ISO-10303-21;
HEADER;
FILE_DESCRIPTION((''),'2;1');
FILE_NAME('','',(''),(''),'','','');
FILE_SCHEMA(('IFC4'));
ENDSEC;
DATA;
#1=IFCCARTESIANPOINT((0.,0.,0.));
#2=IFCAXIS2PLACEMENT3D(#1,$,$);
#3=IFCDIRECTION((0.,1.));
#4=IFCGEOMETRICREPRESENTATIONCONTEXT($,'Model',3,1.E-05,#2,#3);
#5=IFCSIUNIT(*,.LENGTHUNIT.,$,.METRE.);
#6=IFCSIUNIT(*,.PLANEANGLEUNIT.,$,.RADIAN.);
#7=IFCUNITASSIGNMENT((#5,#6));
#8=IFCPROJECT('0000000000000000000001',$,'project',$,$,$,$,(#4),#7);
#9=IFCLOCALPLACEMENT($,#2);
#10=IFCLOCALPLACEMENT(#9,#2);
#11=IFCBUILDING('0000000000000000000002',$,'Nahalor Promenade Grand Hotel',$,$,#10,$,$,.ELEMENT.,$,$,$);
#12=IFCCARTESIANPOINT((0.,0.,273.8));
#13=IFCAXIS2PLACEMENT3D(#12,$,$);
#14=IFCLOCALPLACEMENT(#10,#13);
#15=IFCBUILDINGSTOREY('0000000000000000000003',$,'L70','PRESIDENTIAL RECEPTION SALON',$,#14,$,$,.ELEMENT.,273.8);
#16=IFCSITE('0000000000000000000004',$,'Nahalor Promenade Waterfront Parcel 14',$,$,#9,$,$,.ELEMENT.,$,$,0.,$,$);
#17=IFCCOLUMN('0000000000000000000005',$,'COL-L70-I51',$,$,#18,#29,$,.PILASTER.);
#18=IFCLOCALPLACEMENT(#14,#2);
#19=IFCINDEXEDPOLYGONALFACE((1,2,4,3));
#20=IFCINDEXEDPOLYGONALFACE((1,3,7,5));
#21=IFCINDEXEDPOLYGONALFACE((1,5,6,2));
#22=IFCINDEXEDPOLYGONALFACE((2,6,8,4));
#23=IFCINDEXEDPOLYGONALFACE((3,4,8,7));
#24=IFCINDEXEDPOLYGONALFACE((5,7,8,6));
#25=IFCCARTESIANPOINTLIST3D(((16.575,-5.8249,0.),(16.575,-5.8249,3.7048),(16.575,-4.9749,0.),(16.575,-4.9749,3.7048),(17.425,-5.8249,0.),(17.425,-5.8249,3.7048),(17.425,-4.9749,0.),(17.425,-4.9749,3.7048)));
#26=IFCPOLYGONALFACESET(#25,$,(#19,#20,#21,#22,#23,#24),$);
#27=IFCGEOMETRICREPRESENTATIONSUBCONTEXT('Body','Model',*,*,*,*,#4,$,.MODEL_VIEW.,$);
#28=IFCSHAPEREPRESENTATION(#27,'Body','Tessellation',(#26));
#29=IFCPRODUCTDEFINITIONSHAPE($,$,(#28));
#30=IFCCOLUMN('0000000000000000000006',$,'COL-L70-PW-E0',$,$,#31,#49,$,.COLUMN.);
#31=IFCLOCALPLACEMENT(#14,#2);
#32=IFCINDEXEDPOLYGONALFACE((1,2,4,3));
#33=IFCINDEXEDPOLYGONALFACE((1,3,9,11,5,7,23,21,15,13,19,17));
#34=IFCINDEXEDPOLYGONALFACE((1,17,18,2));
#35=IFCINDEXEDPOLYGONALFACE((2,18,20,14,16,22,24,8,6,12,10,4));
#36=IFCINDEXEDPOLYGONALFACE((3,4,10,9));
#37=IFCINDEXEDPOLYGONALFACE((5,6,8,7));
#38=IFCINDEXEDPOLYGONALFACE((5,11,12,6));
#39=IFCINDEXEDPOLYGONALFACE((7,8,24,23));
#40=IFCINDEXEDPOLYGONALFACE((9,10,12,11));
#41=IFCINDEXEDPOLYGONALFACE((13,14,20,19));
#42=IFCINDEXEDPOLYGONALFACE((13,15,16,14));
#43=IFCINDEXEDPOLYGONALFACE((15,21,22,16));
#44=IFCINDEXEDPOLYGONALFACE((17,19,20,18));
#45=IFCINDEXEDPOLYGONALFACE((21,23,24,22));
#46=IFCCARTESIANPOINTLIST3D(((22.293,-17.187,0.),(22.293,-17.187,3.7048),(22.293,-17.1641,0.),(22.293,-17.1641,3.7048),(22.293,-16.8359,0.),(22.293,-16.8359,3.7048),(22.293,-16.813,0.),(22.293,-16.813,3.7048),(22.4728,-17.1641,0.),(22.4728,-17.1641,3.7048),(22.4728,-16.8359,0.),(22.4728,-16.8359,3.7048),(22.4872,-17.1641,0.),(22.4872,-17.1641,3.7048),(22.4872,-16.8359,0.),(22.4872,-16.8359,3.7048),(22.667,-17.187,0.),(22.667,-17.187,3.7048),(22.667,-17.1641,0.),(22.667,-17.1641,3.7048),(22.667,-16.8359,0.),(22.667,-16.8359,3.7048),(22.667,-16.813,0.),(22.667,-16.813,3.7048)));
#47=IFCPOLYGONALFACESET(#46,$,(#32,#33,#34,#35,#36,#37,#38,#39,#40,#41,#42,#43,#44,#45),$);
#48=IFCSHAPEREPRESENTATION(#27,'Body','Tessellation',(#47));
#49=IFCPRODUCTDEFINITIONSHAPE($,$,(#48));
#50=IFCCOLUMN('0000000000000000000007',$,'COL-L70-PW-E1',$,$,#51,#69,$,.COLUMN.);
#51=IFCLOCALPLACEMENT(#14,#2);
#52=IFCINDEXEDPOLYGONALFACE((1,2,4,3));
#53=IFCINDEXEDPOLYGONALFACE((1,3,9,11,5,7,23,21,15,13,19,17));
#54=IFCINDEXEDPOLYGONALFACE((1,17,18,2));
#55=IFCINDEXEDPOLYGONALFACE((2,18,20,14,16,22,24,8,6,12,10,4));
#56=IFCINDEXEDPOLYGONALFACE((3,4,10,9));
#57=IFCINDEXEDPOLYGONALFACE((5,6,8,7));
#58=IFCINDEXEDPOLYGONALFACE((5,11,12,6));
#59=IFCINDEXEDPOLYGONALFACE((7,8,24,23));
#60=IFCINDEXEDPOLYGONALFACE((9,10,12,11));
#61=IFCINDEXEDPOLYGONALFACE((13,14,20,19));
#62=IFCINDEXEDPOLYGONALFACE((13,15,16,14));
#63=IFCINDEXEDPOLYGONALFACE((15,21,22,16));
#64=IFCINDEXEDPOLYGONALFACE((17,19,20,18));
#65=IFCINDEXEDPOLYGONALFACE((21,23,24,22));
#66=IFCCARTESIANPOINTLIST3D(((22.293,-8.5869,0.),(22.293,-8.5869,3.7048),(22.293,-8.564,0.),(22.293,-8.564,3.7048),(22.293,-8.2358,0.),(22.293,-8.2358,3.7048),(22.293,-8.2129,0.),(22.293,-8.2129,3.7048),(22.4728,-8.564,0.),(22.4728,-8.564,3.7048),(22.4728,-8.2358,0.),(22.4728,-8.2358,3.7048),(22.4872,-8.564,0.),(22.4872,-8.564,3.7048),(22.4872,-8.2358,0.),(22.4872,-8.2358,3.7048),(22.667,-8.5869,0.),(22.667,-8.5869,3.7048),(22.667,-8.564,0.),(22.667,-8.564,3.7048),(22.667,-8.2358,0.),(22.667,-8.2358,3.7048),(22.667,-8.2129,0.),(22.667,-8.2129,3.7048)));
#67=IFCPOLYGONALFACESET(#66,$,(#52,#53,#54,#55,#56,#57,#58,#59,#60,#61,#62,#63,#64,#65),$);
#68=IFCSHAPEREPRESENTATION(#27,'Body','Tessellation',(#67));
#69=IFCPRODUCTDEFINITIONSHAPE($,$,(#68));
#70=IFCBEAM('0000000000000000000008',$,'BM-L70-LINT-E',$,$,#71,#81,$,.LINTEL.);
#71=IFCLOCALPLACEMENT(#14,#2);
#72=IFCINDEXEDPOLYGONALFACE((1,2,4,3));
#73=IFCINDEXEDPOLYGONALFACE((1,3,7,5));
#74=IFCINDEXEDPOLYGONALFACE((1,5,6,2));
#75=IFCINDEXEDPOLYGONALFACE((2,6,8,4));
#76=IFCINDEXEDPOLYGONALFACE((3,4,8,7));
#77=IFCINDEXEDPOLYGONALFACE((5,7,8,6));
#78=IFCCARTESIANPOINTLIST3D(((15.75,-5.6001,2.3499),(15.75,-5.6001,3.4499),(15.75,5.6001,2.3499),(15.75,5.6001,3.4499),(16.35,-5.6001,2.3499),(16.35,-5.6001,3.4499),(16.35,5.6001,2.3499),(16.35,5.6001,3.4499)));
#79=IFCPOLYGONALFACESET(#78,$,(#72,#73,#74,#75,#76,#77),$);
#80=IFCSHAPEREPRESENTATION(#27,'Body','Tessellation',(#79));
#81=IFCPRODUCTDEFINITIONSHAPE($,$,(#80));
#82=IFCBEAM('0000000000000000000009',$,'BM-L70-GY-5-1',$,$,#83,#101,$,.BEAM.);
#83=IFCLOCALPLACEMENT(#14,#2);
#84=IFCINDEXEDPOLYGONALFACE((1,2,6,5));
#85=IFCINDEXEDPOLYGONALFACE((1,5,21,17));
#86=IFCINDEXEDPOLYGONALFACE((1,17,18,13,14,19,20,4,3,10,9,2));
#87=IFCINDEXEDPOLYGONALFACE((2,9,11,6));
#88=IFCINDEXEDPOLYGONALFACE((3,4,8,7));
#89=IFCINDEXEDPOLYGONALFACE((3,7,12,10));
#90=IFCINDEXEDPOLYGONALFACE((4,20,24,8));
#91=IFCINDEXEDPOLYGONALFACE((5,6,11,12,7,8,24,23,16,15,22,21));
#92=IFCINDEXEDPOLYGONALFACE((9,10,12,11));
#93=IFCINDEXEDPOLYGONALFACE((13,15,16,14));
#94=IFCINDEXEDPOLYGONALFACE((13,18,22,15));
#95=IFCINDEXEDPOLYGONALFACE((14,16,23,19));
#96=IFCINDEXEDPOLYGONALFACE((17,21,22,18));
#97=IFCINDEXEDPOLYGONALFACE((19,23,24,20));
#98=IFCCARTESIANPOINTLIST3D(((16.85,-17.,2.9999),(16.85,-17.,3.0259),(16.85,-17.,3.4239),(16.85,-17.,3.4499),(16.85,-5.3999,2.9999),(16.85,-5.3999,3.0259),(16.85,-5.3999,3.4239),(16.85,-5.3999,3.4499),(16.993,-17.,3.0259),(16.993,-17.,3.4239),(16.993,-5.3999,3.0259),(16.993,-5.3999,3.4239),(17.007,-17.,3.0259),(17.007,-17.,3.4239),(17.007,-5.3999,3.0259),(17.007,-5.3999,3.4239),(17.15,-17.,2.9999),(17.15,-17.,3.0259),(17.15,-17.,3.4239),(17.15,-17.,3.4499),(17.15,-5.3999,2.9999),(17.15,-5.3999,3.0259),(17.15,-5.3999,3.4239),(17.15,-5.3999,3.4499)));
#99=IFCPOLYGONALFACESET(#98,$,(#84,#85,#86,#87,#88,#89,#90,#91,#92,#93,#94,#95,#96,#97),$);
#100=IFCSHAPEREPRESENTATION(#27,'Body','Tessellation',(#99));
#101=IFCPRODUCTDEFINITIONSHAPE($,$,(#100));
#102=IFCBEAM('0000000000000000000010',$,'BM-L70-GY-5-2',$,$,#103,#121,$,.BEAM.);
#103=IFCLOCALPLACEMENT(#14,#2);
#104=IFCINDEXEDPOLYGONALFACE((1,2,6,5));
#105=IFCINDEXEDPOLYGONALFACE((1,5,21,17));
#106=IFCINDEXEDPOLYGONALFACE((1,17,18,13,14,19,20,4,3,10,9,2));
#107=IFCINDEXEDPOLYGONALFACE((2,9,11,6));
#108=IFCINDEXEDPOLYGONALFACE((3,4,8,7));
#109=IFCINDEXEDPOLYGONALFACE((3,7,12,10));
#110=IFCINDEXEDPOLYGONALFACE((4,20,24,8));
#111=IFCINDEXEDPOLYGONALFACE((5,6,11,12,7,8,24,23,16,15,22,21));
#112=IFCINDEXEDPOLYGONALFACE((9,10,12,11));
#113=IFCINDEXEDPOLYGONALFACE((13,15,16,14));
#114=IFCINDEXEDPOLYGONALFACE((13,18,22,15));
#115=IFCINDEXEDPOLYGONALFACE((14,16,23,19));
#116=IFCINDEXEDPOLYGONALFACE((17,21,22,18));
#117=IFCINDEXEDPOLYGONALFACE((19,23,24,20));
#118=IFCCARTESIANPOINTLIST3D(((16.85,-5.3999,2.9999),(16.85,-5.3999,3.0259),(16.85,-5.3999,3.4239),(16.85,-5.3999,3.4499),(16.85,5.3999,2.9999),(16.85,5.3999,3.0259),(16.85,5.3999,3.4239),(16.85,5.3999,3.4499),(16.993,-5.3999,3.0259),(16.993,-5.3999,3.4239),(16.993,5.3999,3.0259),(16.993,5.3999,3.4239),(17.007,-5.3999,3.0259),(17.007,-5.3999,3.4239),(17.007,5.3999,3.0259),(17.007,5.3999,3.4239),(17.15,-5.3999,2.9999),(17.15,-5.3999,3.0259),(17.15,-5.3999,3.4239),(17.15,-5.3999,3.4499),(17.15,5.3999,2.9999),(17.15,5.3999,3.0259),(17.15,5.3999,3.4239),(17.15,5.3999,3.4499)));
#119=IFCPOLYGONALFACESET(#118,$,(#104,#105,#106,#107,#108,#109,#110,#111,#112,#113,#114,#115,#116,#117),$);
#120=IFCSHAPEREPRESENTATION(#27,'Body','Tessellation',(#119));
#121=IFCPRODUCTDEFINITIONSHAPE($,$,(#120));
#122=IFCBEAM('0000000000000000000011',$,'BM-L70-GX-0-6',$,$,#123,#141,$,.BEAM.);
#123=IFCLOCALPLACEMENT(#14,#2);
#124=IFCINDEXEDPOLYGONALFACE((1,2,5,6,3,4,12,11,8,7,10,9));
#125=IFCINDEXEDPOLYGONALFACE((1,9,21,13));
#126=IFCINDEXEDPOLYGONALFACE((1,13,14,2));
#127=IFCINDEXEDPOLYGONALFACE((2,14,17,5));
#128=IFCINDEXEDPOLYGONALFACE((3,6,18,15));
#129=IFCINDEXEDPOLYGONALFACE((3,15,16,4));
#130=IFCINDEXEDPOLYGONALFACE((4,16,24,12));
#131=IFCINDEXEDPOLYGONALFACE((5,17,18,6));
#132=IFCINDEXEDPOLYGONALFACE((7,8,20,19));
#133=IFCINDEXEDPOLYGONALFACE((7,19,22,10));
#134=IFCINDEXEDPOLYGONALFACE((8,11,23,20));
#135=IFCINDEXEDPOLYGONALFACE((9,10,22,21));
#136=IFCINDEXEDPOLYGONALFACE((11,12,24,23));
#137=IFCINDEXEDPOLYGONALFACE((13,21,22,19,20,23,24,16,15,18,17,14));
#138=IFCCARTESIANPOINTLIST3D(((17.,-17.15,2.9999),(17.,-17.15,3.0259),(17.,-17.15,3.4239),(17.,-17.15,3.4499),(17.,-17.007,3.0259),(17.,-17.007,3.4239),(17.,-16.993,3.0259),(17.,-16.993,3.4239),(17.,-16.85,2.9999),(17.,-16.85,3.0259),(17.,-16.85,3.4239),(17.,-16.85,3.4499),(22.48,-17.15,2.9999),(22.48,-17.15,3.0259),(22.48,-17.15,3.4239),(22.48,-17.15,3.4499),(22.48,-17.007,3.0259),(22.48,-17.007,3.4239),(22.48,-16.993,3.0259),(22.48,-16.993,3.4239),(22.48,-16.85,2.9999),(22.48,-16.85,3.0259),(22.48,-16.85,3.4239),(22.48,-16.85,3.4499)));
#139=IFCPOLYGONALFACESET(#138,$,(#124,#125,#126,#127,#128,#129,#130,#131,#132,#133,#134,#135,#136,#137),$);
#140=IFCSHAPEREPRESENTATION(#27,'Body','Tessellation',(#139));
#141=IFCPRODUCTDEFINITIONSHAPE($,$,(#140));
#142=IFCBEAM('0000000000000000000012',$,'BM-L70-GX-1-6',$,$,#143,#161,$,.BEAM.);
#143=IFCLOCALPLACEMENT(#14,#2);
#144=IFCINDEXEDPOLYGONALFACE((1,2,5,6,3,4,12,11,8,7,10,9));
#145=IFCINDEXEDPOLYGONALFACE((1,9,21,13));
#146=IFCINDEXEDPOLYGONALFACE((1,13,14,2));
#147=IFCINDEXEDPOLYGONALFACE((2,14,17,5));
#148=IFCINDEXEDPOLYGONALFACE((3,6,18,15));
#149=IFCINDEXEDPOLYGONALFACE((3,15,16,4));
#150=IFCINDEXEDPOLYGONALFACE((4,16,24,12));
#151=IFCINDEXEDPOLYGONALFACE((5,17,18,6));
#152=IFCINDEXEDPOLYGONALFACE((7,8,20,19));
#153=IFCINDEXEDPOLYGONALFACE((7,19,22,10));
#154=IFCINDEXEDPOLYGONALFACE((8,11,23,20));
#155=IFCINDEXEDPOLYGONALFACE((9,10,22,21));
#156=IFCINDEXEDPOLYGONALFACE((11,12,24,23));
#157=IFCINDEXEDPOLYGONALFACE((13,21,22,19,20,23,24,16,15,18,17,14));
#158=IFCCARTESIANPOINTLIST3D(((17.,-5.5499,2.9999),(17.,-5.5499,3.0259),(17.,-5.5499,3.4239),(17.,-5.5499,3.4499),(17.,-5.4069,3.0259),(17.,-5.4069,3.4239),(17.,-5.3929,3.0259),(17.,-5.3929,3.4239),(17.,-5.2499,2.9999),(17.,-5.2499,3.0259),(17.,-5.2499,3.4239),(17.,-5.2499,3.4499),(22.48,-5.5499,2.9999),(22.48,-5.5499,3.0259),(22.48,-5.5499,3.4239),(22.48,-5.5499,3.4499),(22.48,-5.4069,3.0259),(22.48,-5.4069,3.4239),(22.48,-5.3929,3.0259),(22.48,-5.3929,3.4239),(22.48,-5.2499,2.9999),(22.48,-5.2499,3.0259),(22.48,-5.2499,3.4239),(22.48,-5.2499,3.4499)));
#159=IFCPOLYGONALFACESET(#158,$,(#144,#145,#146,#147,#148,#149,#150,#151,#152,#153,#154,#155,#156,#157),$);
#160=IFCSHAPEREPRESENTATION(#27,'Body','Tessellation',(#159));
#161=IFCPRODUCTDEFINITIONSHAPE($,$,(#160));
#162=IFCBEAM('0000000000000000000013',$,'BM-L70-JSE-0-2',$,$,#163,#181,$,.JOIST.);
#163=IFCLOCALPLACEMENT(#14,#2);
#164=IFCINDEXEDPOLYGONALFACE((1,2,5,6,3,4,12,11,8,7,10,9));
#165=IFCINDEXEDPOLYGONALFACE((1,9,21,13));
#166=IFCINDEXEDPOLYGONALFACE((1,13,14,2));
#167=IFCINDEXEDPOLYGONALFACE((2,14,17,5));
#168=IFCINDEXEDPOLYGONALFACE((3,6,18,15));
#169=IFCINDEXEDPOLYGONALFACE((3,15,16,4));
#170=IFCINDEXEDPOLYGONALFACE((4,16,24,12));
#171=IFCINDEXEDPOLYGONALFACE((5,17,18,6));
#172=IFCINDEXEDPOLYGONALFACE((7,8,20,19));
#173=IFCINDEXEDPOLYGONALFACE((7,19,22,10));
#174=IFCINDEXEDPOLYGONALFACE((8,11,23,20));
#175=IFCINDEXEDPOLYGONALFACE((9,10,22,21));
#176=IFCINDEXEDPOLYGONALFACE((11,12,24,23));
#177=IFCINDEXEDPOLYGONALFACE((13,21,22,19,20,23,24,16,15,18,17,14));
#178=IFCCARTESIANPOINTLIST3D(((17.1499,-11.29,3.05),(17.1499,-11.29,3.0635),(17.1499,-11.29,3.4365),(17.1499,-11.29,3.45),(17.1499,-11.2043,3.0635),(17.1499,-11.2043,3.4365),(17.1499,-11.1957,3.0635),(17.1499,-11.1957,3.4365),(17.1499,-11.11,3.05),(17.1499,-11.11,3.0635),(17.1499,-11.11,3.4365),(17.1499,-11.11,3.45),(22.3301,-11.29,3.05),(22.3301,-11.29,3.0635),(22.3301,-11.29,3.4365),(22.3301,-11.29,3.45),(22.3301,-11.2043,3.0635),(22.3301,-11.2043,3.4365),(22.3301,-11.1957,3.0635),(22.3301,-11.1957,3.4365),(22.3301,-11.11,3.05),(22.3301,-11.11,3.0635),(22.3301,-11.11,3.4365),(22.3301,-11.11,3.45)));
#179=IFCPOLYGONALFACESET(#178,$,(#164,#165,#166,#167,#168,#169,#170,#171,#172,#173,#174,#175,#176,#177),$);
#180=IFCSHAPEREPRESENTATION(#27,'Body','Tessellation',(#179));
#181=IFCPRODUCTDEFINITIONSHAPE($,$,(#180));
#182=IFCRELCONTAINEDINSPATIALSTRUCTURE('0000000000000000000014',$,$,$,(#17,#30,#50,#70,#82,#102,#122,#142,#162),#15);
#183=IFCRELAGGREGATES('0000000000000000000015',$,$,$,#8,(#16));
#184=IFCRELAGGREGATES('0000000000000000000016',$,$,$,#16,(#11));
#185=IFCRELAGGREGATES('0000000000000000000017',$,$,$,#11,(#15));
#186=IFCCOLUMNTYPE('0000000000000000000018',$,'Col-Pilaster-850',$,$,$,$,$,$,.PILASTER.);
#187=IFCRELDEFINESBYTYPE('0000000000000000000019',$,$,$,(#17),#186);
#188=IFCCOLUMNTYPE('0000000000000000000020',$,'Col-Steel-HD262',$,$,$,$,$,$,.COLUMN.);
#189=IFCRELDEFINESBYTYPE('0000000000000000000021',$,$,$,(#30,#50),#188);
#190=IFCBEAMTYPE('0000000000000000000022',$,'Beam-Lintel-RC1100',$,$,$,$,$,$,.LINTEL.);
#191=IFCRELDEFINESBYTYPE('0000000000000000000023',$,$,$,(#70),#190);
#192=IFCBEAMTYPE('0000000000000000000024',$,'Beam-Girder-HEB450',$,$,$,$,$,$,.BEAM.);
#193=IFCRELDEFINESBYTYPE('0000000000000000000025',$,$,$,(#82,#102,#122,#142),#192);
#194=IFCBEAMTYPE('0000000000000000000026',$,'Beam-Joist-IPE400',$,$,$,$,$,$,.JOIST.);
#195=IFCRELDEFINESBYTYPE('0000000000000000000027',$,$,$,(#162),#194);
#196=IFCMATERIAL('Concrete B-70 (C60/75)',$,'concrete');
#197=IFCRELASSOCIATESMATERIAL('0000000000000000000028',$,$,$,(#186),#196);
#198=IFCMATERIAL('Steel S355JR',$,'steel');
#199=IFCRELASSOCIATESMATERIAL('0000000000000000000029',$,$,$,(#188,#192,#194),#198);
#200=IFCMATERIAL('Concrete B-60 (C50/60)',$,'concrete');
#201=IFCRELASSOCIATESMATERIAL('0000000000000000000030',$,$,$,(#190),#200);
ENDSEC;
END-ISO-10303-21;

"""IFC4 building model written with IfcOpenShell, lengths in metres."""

from ifc_helpers import new_model, si_unit, direction, frame, origin, origin_2d, place, context, subcontext, project, spatial, rectangle, i_section, extrude, source, transform, mapped, material, material_profile, profile_set, type_object, element, save


model = new_model("IFC4")

# Units and contexts
model_context = context("Model", 3, precision=1e-05, world=origin(), true_north=direction((0.0, 1.0)))
body_context = subcontext(model_context, "Body", "Model", "MODEL_VIEW")
ifc_project = project(units=[si_unit("LENGTHUNIT", "METRE"), si_unit("PLANEANGLEUNIT", "RADIAN")], contexts=[model_context])

# Site, building, storey
site_placement = place(None, origin())
site = spatial("IfcSite", under=ifc_project, at=site_placement, Name="Nahalor Promenade Waterfront Parcel 14", CompositionType="ELEMENT", RefElevation=0.0)
building_placement = place(site_placement, origin())
building = spatial("IfcBuilding", under=site, at=building_placement, Name="Nahalor Promenade Grand Hotel", CompositionType="ELEMENT")
storey_placement = place(building_placement, frame((0.0, 0.0, 273.8)))
storey = spatial("IfcBuildingStorey", under=building, at=storey_placement, Name="L70", Description="PRESIDENTIAL RECEPTION SALON", CompositionType="ELEMENT", Elevation=273.8)

# Columns
ifc_material_1 = material(Name="Concrete B-70 (C60/75)", Category="concrete")
ifc_material_profile_1 = material_profile(ifc_material_1, rectangle(XDim=0.85, YDim=0.85, at=origin_2d()), Name="RC 850x850")
ifc_profile_set_1 = profile_set([ifc_material_profile_1], Name="Concrete B-70 (C60/75)")
column_type_1 = type_object("IfcColumnType", Name="Col-Pilaster-850", PredefinedType="PILASTER", material=ifc_profile_set_1)
shared_shape_1 = source(origin(), body_context, "Body", "SweptSolid", [
    extrude(rectangle(XDim=0.85, YDim=0.85, at=origin_2d()), origin(), (0.0, 0.0, 1.0), 3.7048),
])
column_placement = place(storey_placement, frame((17.0, -5.3999, 0.0), z_axis=(0.0, 0.0, 1.0), x_axis=(1.0, 0.0, 0.0)))
element("IfcColumn", 1, at=column_placement, inside=storey, type_object=column_type_1, Name="COL-L70-I51", PredefinedType="PILASTER", context=body_context, shape_type="MappedRepresentation", body=[
    mapped(shared_shape_1, transform((0.0, 0.0, 0.0), scale=1.0)),
])
ifc_material_2 = material(Name="Steel S355JR", Category="steel")
ifc_material_profile_2 = material_profile(ifc_material_2, i_section(OverallWidth=0.374, OverallDepth=0.374, WebThickness=0.0144, FlangeThickness=0.0229, at=origin_2d()), Name="HD 360x262")
ifc_profile_set_2 = profile_set([ifc_material_profile_2], Name="Steel S355JR")
column_type_2 = type_object("IfcColumnType", Name="Col-Steel-HD262", PredefinedType="COLUMN", material=ifc_profile_set_2)
shared_shape_2 = source(origin(), body_context, "Body", "SweptSolid", [
    extrude(i_section(OverallWidth=0.374, OverallDepth=0.374, WebThickness=0.0144, FlangeThickness=0.0229, at=origin_2d()), origin(), (0.0, 0.0, 1.0), 3.7048),
])
for number, where, z_axis, x_axis, name in (
    (2, (22.48, -17.0, 0.0), (0.0, 0.0, 1.0), (1.0, 0.0, 0.0), "COL-L70-PW-E0"),
    (3, (22.48, -8.3999, 0.0), (0.0, 0.0, 1.0), (1.0, 0.0, 0.0), "COL-L70-PW-E1"),
):
    element("IfcColumn", number, at=place(storey_placement, frame(where, z_axis=z_axis, x_axis=x_axis)), inside=storey, type_object=column_type_2, Name=name, PredefinedType="COLUMN", context=body_context, shape_type="MappedRepresentation", body=[
        mapped(shared_shape_2, transform((0.0, 0.0, 0.0), scale=1.0)),
    ])

# Beams
ifc_material_3 = material(Name="Concrete B-60 (C50/60)", Category="concrete")
ifc_material_profile_3 = material_profile(ifc_material_3, rectangle(XDim=0.6, YDim=1.1, at=origin_2d()), Name="RC 600x1100")
ifc_profile_set_3 = profile_set([ifc_material_profile_3], Name="Concrete B-60 (C50/60)")
beam_type_1 = type_object("IfcBeamType", Name="Beam-Lintel-RC1100", PredefinedType="LINTEL", material=ifc_profile_set_3)
shared_shape_3 = source(origin(), body_context, "Body", "SweptSolid", [
    extrude(rectangle(XDim=0.6, YDim=1.1, at=origin_2d()), origin(), (0.0, 0.0, 1.0), 11.2002),
])
beam_1_placement = place(storey_placement, frame((16.05, -5.6001, 2.8999), z_axis=(0.0, 1.0, 0.0), x_axis=(-1.0, 0.0, 0.0)))
element("IfcBeam", 4, at=beam_1_placement, inside=storey, type_object=beam_type_1, Name="BM-L70-LINT-E", PredefinedType="LINTEL", context=body_context, shape_type="MappedRepresentation", body=[
    mapped(shared_shape_3, transform((0.0, 0.0, 0.0), scale=1.0)),
])
ifc_material_profile_4 = material_profile(ifc_material_2, i_section(OverallWidth=0.3, OverallDepth=0.45, WebThickness=0.014, FlangeThickness=0.026, at=origin_2d()), Name="HEB 450")
ifc_profile_set_4 = profile_set([ifc_material_profile_4], Name="Steel S355JR")
beam_type_2 = type_object("IfcBeamType", Name="Beam-Girder-HEB450", PredefinedType="BEAM", material=ifc_profile_set_4)
shared_shape_4 = source(origin(), body_context, "Body", "SweptSolid", [
    extrude(i_section(OverallWidth=0.3, OverallDepth=0.45, WebThickness=0.014, FlangeThickness=0.026, at=origin_2d()), origin(), (0.0, 0.0, 1.0), 11.6001),
])
beam_2_placement = place(storey_placement, frame((17.0, -17.0, 3.2249), z_axis=(0.0, 1.0, 0.0), x_axis=(-1.0, 0.0, 0.0)))
element("IfcBeam", 5, at=beam_2_placement, inside=storey, type_object=beam_type_2, Name="BM-L70-GY-5-1", PredefinedType="BEAM", context=body_context, shape_type="MappedRepresentation", body=[
    mapped(shared_shape_4, transform((0.0, 0.0, 0.0), scale=1.0)),
])
shared_shape_5 = source(origin(), body_context, "Body", "SweptSolid", [
    extrude(i_section(OverallWidth=0.3, OverallDepth=0.45, WebThickness=0.014, FlangeThickness=0.026, at=origin_2d()), origin(), (0.0, 0.0, 1.0), 10.7998),
])
beam_3_placement = place(storey_placement, frame((17.0, -5.3999, 3.2249), z_axis=(0.0, 1.0, 0.0), x_axis=(-1.0, 0.0, 0.0)))
element("IfcBeam", 6, at=beam_3_placement, inside=storey, type_object=beam_type_2, Name="BM-L70-GY-5-2", PredefinedType="BEAM", context=body_context, shape_type="MappedRepresentation", body=[
    mapped(shared_shape_5, transform((0.0, 0.0, 0.0), scale=1.0)),
])
shared_shape_6 = source(origin(), body_context, "Body", "SweptSolid", [
    extrude(i_section(OverallWidth=0.3, OverallDepth=0.45, WebThickness=0.014, FlangeThickness=0.026, at=origin_2d()), origin(), (0.0, 0.0, 1.0), 5.48),
])
for number, where, z_axis, x_axis, name in (
    (7, (17.0, -17.0, 3.2249), (1.0, 0.0, 0.0), (0.0, 1.0, 0.0), "BM-L70-GX-0-6"),
    (8, (17.0, -5.3999, 3.2249), (1.0, 0.0, 0.0), (0.0, 1.0, 0.0), "BM-L70-GX-1-6"),
):
    element("IfcBeam", number, at=place(storey_placement, frame(where, z_axis=z_axis, x_axis=x_axis)), inside=storey, type_object=beam_type_2, Name=name, PredefinedType="BEAM", context=body_context, shape_type="MappedRepresentation", body=[
        mapped(shared_shape_6, transform((0.0, 0.0, 0.0), scale=1.0)),
    ])
ifc_material_profile_5 = material_profile(ifc_material_2, i_section(OverallWidth=0.18, OverallDepth=0.4, WebThickness=0.0086, FlangeThickness=0.0135, at=origin_2d()), Name="IPE 400")
ifc_profile_set_5 = profile_set([ifc_material_profile_5], Name="Steel S355JR")
beam_type_3 = type_object("IfcBeamType", Name="Beam-Joist-IPE400", PredefinedType="JOIST", material=ifc_profile_set_5)
shared_shape_7 = source(origin(), body_context, "Body", "SweptSolid", [
    extrude(i_section(OverallWidth=0.18, OverallDepth=0.4, WebThickness=0.0086, FlangeThickness=0.0135, at=origin_2d()), origin(), (0.0, 0.0, 1.0), 5.1802),
])
beam_4_placement = place(storey_placement, frame((17.1499, -11.2, 3.25), z_axis=(1.0, 0.0, 0.0), x_axis=(0.0, 1.0, 0.0)))
element("IfcBeam", 9, at=beam_4_placement, inside=storey, type_object=beam_type_3, Name="BM-L70-JSE-0-2", PredefinedType="JOIST", context=body_context, shape_type="MappedRepresentation", body=[
    mapped(shared_shape_7, transform((0.0, 0.0, 0.0), scale=1.0)),
])

save(model, "model.ifc")
